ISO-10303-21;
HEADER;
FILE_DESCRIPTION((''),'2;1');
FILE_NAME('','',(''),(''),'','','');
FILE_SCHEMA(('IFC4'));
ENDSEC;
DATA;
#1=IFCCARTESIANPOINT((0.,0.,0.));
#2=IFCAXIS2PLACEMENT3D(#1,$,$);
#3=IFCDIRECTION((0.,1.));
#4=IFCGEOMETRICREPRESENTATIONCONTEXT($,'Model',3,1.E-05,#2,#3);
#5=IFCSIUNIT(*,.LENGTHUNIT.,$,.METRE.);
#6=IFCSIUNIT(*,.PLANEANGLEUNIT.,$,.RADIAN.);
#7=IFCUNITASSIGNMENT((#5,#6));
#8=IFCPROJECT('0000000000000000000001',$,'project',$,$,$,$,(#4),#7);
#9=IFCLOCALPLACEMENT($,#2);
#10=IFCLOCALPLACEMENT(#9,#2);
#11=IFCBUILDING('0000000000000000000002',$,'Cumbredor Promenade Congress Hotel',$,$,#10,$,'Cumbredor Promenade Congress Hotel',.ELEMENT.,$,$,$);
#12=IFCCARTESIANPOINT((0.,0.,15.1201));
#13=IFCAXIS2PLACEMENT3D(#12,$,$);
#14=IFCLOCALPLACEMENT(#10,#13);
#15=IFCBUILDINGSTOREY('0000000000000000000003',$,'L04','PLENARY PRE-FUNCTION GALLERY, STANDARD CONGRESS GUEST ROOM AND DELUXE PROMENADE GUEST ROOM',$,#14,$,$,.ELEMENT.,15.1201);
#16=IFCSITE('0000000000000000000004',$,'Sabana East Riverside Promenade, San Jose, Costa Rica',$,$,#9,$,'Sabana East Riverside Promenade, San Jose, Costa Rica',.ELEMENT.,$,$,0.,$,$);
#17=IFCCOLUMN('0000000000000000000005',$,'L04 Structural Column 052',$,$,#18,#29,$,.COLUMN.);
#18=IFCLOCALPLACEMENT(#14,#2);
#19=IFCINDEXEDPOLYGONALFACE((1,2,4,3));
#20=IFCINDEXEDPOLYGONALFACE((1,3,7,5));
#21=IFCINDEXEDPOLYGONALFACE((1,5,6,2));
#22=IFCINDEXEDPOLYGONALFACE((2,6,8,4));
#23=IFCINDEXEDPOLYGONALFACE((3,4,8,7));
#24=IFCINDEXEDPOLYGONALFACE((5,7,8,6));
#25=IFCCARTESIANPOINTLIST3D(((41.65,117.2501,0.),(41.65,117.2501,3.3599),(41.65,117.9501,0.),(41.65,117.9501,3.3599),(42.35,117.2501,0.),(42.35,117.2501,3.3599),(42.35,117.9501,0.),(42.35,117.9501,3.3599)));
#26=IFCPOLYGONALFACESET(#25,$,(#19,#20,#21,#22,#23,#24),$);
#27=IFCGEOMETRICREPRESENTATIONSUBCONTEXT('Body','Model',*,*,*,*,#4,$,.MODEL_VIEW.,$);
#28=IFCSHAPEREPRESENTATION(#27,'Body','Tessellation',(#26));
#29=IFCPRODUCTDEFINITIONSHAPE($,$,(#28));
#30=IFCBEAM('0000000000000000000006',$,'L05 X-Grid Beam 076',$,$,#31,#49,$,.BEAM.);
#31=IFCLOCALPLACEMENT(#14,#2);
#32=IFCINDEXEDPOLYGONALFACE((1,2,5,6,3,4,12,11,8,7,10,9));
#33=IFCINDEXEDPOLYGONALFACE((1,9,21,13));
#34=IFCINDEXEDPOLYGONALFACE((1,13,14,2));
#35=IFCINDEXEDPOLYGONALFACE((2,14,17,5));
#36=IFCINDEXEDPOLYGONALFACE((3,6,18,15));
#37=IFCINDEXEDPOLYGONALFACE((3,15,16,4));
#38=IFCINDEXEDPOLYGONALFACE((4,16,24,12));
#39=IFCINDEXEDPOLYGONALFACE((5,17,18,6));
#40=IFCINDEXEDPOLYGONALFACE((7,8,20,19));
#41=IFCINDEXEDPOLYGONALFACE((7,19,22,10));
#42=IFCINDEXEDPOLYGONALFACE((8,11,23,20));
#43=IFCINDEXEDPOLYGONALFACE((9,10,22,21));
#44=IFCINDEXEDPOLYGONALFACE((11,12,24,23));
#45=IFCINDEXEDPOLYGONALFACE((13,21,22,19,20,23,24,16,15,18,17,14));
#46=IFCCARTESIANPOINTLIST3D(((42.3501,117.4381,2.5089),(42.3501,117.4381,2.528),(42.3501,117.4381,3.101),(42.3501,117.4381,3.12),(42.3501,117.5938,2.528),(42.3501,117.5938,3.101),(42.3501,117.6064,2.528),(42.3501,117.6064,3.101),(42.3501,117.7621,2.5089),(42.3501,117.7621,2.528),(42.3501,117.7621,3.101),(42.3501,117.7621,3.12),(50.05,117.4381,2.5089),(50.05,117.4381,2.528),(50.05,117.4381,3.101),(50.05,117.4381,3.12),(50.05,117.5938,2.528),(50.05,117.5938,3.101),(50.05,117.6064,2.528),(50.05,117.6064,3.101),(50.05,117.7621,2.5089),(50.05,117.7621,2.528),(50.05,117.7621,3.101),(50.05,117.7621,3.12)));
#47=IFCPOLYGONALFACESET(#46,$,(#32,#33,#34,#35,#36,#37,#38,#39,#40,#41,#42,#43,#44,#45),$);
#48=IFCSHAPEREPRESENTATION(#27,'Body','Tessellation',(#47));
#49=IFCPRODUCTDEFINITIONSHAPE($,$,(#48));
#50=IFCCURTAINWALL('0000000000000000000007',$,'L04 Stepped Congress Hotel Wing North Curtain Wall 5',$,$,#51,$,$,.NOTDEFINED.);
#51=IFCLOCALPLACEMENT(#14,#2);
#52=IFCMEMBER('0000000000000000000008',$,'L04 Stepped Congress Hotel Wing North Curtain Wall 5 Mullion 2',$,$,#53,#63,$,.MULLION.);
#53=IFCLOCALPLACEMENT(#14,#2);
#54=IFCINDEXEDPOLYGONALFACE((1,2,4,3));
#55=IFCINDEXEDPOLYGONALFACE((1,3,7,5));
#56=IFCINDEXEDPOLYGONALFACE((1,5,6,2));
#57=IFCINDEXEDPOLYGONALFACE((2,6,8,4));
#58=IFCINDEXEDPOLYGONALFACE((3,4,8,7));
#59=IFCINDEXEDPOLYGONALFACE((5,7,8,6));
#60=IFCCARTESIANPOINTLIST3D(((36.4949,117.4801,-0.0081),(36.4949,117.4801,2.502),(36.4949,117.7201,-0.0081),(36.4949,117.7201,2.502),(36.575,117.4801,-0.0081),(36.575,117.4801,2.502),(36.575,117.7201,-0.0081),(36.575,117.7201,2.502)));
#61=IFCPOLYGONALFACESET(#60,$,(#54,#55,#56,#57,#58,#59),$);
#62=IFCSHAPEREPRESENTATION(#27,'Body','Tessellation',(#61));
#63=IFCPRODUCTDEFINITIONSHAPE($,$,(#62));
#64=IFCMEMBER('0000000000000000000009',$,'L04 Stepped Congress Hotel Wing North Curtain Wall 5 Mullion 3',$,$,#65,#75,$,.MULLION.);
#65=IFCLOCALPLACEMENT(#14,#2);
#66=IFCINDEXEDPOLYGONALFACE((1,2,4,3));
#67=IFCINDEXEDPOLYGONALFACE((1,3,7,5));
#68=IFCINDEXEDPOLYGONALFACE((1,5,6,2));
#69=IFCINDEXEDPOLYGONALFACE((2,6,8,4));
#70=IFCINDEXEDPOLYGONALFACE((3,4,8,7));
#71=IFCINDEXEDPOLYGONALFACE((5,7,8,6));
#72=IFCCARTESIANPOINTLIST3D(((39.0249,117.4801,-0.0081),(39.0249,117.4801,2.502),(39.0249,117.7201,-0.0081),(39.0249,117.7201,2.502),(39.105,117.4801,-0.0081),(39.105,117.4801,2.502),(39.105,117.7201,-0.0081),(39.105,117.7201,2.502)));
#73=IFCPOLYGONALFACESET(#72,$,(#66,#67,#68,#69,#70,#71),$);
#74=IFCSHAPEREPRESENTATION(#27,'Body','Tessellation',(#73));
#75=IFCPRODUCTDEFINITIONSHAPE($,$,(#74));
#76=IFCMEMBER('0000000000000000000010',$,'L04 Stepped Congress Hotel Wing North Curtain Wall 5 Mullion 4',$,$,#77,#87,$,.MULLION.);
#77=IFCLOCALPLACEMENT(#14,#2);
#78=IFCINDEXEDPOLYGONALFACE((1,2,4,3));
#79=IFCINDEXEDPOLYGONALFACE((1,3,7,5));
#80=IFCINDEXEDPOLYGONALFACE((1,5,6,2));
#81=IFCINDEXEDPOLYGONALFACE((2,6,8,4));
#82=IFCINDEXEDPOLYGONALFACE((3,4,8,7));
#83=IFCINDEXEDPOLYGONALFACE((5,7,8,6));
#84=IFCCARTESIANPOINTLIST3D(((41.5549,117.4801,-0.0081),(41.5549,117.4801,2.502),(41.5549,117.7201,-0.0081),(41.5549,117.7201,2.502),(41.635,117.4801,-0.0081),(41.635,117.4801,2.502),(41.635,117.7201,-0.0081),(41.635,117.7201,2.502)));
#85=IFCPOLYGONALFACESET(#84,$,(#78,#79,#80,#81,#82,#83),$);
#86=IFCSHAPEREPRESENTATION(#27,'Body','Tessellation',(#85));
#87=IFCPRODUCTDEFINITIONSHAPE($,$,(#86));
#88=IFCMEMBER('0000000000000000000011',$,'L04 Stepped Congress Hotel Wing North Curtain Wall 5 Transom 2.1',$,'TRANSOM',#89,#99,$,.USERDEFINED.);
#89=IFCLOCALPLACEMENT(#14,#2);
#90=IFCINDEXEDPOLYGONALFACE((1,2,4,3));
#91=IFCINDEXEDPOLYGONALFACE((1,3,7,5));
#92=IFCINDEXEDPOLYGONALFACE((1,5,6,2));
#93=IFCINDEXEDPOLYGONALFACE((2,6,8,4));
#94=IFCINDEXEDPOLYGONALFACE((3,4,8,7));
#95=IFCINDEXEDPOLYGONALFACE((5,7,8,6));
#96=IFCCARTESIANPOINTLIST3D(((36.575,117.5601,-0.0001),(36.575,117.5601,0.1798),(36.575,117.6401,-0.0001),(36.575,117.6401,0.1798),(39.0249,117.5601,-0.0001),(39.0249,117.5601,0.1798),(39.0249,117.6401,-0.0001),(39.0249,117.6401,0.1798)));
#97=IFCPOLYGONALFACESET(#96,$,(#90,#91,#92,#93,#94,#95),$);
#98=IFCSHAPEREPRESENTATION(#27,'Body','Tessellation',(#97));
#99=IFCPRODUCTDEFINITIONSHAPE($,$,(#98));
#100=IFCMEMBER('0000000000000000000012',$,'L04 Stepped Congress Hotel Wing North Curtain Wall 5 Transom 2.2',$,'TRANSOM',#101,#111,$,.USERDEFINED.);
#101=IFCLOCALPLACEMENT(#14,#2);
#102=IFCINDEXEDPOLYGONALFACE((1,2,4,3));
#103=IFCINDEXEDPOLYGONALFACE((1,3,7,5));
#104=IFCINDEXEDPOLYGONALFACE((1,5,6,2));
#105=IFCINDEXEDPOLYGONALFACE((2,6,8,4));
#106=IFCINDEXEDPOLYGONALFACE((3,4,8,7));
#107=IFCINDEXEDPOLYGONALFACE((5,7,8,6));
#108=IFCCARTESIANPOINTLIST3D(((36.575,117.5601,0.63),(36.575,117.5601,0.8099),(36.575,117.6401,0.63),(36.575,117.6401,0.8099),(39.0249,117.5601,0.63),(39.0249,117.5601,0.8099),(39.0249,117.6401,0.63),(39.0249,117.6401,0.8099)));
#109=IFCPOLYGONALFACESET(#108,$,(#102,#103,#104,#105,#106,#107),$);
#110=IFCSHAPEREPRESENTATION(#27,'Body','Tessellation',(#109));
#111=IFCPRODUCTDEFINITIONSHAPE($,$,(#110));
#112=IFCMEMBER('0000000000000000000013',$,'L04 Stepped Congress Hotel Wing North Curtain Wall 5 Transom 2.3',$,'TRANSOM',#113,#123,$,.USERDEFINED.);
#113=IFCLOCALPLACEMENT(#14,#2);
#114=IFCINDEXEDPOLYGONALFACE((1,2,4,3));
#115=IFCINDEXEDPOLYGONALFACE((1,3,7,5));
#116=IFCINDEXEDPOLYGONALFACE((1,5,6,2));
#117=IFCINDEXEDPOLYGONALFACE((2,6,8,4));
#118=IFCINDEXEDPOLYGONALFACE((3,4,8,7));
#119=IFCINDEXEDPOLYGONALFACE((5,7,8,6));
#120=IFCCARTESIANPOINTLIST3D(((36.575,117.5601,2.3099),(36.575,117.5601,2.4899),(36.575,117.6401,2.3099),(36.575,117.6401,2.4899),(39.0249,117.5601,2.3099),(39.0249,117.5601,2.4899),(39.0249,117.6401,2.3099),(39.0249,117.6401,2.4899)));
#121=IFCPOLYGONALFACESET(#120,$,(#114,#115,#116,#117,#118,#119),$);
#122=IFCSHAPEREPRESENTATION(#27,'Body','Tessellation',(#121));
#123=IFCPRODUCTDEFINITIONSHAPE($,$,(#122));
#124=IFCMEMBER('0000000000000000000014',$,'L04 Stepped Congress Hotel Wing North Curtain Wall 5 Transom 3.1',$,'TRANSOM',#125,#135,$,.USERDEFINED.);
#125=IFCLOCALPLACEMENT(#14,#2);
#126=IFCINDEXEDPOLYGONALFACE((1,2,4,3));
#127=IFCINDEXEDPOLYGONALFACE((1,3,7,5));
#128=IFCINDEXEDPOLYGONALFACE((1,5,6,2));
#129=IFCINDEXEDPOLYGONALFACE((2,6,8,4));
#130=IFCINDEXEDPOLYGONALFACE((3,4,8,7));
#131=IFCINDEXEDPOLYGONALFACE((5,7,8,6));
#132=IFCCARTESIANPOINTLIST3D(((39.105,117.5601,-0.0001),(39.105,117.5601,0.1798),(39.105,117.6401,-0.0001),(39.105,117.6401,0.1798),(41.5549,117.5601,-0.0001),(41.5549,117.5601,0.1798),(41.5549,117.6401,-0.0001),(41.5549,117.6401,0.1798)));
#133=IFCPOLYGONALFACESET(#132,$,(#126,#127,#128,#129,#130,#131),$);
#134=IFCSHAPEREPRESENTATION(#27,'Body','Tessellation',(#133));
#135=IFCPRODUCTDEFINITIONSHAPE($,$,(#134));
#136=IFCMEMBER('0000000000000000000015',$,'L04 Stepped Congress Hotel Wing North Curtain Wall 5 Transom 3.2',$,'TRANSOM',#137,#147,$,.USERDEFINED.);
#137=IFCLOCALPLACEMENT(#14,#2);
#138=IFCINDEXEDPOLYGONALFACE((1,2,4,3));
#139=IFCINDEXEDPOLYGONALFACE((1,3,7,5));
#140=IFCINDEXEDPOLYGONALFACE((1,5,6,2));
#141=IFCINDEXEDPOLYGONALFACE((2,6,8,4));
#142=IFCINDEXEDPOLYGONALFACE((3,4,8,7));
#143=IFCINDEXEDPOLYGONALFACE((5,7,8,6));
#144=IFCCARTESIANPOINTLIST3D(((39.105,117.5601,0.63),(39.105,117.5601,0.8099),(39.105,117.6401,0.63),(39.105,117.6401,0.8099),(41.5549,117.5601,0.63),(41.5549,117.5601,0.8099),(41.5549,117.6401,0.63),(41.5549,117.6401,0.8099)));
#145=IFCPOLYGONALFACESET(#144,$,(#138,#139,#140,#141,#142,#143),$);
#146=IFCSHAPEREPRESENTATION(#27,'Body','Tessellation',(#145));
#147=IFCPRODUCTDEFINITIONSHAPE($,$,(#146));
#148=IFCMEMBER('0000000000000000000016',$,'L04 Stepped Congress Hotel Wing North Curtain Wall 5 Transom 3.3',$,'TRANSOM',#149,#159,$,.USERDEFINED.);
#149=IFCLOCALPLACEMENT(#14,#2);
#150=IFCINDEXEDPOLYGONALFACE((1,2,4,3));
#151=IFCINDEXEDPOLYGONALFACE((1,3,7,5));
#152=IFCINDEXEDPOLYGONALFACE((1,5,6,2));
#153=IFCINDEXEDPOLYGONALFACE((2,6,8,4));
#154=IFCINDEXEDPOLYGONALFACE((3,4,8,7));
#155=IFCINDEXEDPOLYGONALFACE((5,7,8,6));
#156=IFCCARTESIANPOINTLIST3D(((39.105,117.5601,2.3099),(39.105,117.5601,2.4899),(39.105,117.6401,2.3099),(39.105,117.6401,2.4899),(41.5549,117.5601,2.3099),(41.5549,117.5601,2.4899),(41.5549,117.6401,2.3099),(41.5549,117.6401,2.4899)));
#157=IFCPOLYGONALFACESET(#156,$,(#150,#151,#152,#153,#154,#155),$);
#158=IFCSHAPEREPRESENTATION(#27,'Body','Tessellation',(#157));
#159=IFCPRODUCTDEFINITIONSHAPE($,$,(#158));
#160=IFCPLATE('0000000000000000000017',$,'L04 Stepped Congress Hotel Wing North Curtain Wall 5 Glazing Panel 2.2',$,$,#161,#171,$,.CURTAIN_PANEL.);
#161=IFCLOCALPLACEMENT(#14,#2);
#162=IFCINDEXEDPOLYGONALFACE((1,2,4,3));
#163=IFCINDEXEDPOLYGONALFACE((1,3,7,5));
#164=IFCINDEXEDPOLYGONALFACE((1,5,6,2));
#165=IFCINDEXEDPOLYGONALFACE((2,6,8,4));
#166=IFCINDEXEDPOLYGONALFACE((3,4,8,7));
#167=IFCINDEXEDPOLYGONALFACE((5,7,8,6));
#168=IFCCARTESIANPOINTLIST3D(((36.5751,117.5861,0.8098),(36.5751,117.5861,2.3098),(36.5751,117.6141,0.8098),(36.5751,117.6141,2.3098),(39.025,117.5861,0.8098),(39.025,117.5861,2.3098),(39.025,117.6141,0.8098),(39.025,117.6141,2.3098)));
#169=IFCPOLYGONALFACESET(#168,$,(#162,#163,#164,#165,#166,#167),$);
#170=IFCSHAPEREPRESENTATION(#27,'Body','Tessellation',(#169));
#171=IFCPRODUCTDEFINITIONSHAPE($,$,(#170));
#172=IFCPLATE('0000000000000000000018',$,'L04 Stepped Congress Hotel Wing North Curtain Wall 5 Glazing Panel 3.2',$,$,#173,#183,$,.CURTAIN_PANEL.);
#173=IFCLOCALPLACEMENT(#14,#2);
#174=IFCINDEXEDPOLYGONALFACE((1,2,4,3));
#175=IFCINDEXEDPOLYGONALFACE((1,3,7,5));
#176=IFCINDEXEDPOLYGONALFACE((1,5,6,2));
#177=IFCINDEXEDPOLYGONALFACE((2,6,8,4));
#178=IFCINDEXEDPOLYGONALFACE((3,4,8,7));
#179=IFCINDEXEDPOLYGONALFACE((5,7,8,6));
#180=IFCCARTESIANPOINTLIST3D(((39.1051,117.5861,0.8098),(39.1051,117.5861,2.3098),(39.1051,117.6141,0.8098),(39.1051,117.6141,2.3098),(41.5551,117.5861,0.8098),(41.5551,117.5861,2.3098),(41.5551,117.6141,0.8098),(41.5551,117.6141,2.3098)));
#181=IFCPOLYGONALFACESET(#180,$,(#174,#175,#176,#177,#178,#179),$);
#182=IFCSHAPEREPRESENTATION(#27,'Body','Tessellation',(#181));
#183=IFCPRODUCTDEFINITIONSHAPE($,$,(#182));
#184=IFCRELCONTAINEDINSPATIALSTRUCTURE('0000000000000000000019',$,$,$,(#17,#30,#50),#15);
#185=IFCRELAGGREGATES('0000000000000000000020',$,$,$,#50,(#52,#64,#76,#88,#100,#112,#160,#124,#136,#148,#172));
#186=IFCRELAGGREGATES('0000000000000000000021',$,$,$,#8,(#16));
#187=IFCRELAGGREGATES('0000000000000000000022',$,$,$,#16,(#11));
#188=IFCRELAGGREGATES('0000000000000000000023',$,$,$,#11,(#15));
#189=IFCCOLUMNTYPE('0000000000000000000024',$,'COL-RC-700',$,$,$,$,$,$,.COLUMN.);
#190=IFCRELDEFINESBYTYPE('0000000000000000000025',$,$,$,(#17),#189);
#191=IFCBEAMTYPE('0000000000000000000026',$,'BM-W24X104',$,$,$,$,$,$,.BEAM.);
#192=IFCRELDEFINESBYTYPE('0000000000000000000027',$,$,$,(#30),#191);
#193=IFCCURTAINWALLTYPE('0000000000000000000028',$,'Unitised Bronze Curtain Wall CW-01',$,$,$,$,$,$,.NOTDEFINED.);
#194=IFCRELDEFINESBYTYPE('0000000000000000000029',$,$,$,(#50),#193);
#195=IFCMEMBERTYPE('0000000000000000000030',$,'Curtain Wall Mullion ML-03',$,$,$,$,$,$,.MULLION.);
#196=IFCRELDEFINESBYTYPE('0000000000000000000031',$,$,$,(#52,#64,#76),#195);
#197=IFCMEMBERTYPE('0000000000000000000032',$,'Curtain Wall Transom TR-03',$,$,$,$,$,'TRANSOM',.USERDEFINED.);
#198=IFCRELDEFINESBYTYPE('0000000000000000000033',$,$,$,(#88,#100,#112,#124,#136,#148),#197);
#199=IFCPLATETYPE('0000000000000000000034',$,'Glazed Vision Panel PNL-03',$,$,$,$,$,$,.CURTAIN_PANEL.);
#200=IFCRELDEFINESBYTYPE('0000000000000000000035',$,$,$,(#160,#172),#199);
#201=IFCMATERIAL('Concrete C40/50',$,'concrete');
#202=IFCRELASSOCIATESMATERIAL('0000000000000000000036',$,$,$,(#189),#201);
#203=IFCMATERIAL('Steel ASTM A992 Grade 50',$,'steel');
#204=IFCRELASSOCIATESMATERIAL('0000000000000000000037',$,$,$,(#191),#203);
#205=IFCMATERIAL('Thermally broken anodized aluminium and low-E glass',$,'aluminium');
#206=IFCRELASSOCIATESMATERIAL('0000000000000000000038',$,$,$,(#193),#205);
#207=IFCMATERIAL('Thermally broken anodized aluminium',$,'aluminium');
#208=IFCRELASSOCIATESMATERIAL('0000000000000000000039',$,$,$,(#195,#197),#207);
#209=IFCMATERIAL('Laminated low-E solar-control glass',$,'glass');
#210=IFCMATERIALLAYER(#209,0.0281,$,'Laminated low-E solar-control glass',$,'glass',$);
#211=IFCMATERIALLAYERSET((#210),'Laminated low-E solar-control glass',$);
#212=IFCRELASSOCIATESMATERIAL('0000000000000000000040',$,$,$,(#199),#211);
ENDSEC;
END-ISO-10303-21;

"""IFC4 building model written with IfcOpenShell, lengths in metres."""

from ifc_helpers import new_model, si_unit, direction, frame, origin, origin_2d, place, context, subcontext, project, spatial, rectangle, i_section, extrude, material, layer, layer_set, material_profile, profile_set, type_object, element, aggregate, save


model = new_model("IFC4")

# Units and contexts
model_context = context("Model", 3, precision=1e-05, world=origin(), true_north=direction((0.0, 1.0)))
body_context = subcontext(model_context, "Body", "Model", "MODEL_VIEW")
ifc_project = project(units=[si_unit("LENGTHUNIT", "METRE"), si_unit("PLANEANGLEUNIT", "RADIAN")], contexts=[model_context])

# Site, building, storey
site_placement = place(None, origin())
site = spatial("IfcSite", under=ifc_project, at=site_placement, Name="Sabana East Riverside Promenade, San Jose, Costa Rica", LongName="Sabana East Riverside Promenade, San Jose, Costa Rica", CompositionType="ELEMENT", RefElevation=0.0)
building_placement = place(site_placement, origin())
building = spatial("IfcBuilding", under=site, at=building_placement, Name="Cumbredor Promenade Congress Hotel", LongName="Cumbredor Promenade Congress Hotel", CompositionType="ELEMENT")
storey_placement = place(building_placement, frame((0.0, 0.0, 15.1201)))
storey = spatial("IfcBuildingStorey", under=building, at=storey_placement, Name="L04", Description="PLENARY PRE-FUNCTION GALLERY, STANDARD CONGRESS GUEST ROOM AND DELUXE PROMENADE GUEST ROOM", CompositionType="ELEMENT", Elevation=15.1201)

# Column
ifc_material_1 = material(Name="Concrete C40/50", Category="concrete")
ifc_material_profile_1 = material_profile(ifc_material_1, rectangle(XDim=0.7, YDim=0.7, at=origin_2d()), Name="RC 700x700")
ifc_profile_set_1 = profile_set([ifc_material_profile_1], Name="Concrete C40/50")
column_type = type_object("IfcColumnType", Name="COL-RC-700", PredefinedType="COLUMN", material=ifc_profile_set_1)
column_placement = place(storey_placement, frame((42.0, 117.6001, 0.0), z_axis=(0.0, 0.0, 1.0), x_axis=(1.0, 0.0, 0.0)))
element("IfcColumn", 1, at=column_placement, inside=storey, type_object=column_type, Name="L04 Structural Column 052", PredefinedType="COLUMN", context=body_context, shape_type="SweptSolid", body=[
    extrude(rectangle(XDim=0.7, YDim=0.7, at=origin_2d()), origin(), (0.0, 0.0, 1.0), 3.3599),
])

# Beam
ifc_material_2 = material(Name="Steel ASTM A992 Grade 50", Category="steel")
ifc_material_profile_2 = material_profile(ifc_material_2, i_section(OverallWidth=0.324, OverallDepth=0.6111, WebThickness=0.0127, FlangeThickness=0.019, at=origin_2d()), Name="W24X104")
ifc_profile_set_2 = profile_set([ifc_material_profile_2], Name="Steel ASTM A992 Grade 50")
beam_type = type_object("IfcBeamType", Name="BM-W24X104", PredefinedType="BEAM", material=ifc_profile_set_2)
beam_placement = place(storey_placement, frame((42.3501, 117.6001, 2.8145), z_axis=(1.0, 0.0, 0.0), x_axis=(0.0, 1.0, 0.0)))
element("IfcBeam", 2, at=beam_placement, inside=storey, type_object=beam_type, Name="L05 X-Grid Beam 076", PredefinedType="BEAM", context=body_context, shape_type="SweptSolid", body=[
    extrude(i_section(OverallWidth=0.324, OverallDepth=0.6111, WebThickness=0.0127, FlangeThickness=0.019, at=origin_2d()), origin(), (0.0, 0.0, 1.0), 7.7),
])

# Curtain wall, members, plates
ifc_material_3 = material(Name="Thermally broken anodized aluminium and low-E glass", Category="aluminium")
curtain_wall_type = type_object("IfcCurtainWallType", Name="Unitised Bronze Curtain Wall CW-01", PredefinedType="NOTDEFINED", material=ifc_material_3)
curtain_wall_placement = place(storey_placement, origin())
curtain_wall = element("IfcCurtainWall", 3, at=curtain_wall_placement, inside=storey, type_object=curtain_wall_type, Name="L04 Stepped Congress Hotel Wing North Curtain Wall 5", PredefinedType="NOTDEFINED")
ifc_material_4 = material(Name="Thermally broken anodized aluminium", Category="aluminium")
ifc_material_profile_3 = material_profile(ifc_material_4, rectangle(XDim=0.0801, YDim=0.24, at=origin_2d()), Name="ALU MULLION 80x240")
ifc_profile_set_3 = profile_set([ifc_material_profile_3], Name="Thermally broken anodized aluminium")
member_type_1 = type_object("IfcMemberType", Name="Curtain Wall Mullion ML-03", PredefinedType="MULLION", material=ifc_profile_set_3)
member_1_placement = place(storey_placement, frame((36.5349, 117.6001, -0.0081), z_axis=(0.0, 0.0, 1.0), x_axis=(1.0, 0.0, 0.0)))
member_1 = element("IfcMember", 4, at=member_1_placement, type_object=member_type_1, Name="L04 Stepped Congress Hotel Wing North Curtain Wall 5 Mullion 2", PredefinedType="MULLION", context=body_context, shape_type="SweptSolid", body=[
    extrude(rectangle(XDim=0.0801, YDim=0.24, at=origin_2d()), origin(), (0.0, 0.0, 1.0), 2.51),
])
member_2_placement = place(storey_placement, frame((39.0649, 117.6001, -0.0081), z_axis=(0.0, 0.0, 1.0), x_axis=(1.0, 0.0, 0.0)))
member_2 = element("IfcMember", 5, at=member_2_placement, type_object=member_type_1, Name="L04 Stepped Congress Hotel Wing North Curtain Wall 5 Mullion 3", PredefinedType="MULLION", context=body_context, shape_type="SweptSolid", body=[
    extrude(rectangle(XDim=0.0801, YDim=0.24, at=origin_2d()), origin(), (0.0, 0.0, 1.0), 2.51),
])
member_3_placement = place(storey_placement, frame((41.595, 117.6001, -0.0081), z_axis=(0.0, 0.0, 1.0), x_axis=(1.0, 0.0, 0.0)))
member_3 = element("IfcMember", 6, at=member_3_placement, type_object=member_type_1, Name="L04 Stepped Congress Hotel Wing North Curtain Wall 5 Mullion 4", PredefinedType="MULLION", context=body_context, shape_type="SweptSolid", body=[
    extrude(rectangle(XDim=0.0801, YDim=0.24, at=origin_2d()), origin(), (0.0, 0.0, 1.0), 2.51),
])
ifc_material_profile_4 = material_profile(ifc_material_4, rectangle(XDim=0.0801, YDim=0.1799, at=origin_2d()), Name="ALU TRANSOM 80x180")
ifc_profile_set_4 = profile_set([ifc_material_profile_4], Name="Thermally broken anodized aluminium")
member_type_2 = type_object("IfcMemberType", Name="Curtain Wall Transom TR-03", ElementType="TRANSOM", PredefinedType="USERDEFINED", material=ifc_profile_set_4)
member_4_placement = place(storey_placement, frame((36.575, 117.6001, 0.0898), z_axis=(1.0, 0.0, 0.0), x_axis=(0.0, 1.0, 0.0)))
member_4 = element("IfcMember", 7, at=member_4_placement, type_object=member_type_2, Name="L04 Stepped Congress Hotel Wing North Curtain Wall 5 Transom 2.1", ObjectType="TRANSOM", PredefinedType="USERDEFINED", context=body_context, shape_type="SweptSolid", body=[
    extrude(rectangle(XDim=0.0801, YDim=0.1799, at=origin_2d()), origin(), (0.0, 0.0, 1.0), 2.45),
])
member_5_placement = place(storey_placement, frame((36.575, 117.6001, 0.72), z_axis=(1.0, 0.0, 0.0), x_axis=(0.0, 1.0, 0.0)))
member_5 = element("IfcMember", 8, at=member_5_placement, type_object=member_type_2, Name="L04 Stepped Congress Hotel Wing North Curtain Wall 5 Transom 2.2", ObjectType="TRANSOM", PredefinedType="USERDEFINED", context=body_context, shape_type="SweptSolid", body=[
    extrude(rectangle(XDim=0.0801, YDim=0.1799, at=origin_2d()), origin(), (0.0, 0.0, 1.0), 2.45),
])
member_6_placement = place(storey_placement, frame((36.575, 117.6001, 2.3999), z_axis=(1.0, 0.0, 0.0), x_axis=(0.0, 1.0, 0.0)))
member_6 = element("IfcMember", 9, at=member_6_placement, type_object=member_type_2, Name="L04 Stepped Congress Hotel Wing North Curtain Wall 5 Transom 2.3", ObjectType="TRANSOM", PredefinedType="USERDEFINED", context=body_context, shape_type="SweptSolid", body=[
    extrude(rectangle(XDim=0.0801, YDim=0.1799, at=origin_2d()), origin(), (0.0, 0.0, 1.0), 2.45),
])
member_7_placement = place(storey_placement, frame((39.105, 117.6001, 0.0898), z_axis=(1.0, 0.0, 0.0), x_axis=(0.0, 1.0, 0.0)))
member_7 = element("IfcMember", 10, at=member_7_placement, type_object=member_type_2, Name="L04 Stepped Congress Hotel Wing North Curtain Wall 5 Transom 3.1", ObjectType="TRANSOM", PredefinedType="USERDEFINED", context=body_context, shape_type="SweptSolid", body=[
    extrude(rectangle(XDim=0.0801, YDim=0.1799, at=origin_2d()), origin(), (0.0, 0.0, 1.0), 2.45),
])
member_8_placement = place(storey_placement, frame((39.105, 117.6001, 0.72), z_axis=(1.0, 0.0, 0.0), x_axis=(0.0, 1.0, 0.0)))
member_8 = element("IfcMember", 11, at=member_8_placement, type_object=member_type_2, Name="L04 Stepped Congress Hotel Wing North Curtain Wall 5 Transom 3.2", ObjectType="TRANSOM", PredefinedType="USERDEFINED", context=body_context, shape_type="SweptSolid", body=[
    extrude(rectangle(XDim=0.0801, YDim=0.1799, at=origin_2d()), origin(), (0.0, 0.0, 1.0), 2.45),
])
member_9_placement = place(storey_placement, frame((39.105, 117.6001, 2.3999), z_axis=(1.0, 0.0, 0.0), x_axis=(0.0, 1.0, 0.0)))
member_9 = element("IfcMember", 12, at=member_9_placement, type_object=member_type_2, Name="L04 Stepped Congress Hotel Wing North Curtain Wall 5 Transom 3.3", ObjectType="TRANSOM", PredefinedType="USERDEFINED", context=body_context, shape_type="SweptSolid", body=[
    extrude(rectangle(XDim=0.0801, YDim=0.1799, at=origin_2d()), origin(), (0.0, 0.0, 1.0), 2.45),
])
ifc_material_5 = material(Name="Laminated low-E solar-control glass", Category="glass")
ifc_layer_1 = layer(ifc_material_5, 0.0281, Name="Laminated low-E solar-control glass", Category="glass")
ifc_layer_set_1 = layer_set([ifc_layer_1], Name="Laminated low-E solar-control glass")
plate_type_1 = type_object("IfcPlateType", Name="Glazed Vision Panel PNL-03", PredefinedType="CURTAIN_PANEL", material=ifc_layer_set_1)
plate_1_placement = place(storey_placement, frame((37.8, 117.6001, 0.8098), z_axis=(0.0, 0.0, 1.0), x_axis=(1.0, 0.0, 0.0)))
plate_1 = element("IfcPlate", 13, at=plate_1_placement, type_object=plate_type_1, Name="L04 Stepped Congress Hotel Wing North Curtain Wall 5 Glazing Panel 2.2", PredefinedType="CURTAIN_PANEL", context=body_context, shape_type="SweptSolid", body=[
    extrude(rectangle(XDim=2.45, YDim=0.0281, at=origin_2d()), origin(), (0.0, 0.0, 1.0), 1.5),
])
plate_2_placement = place(storey_placement, frame((40.3301, 117.6001, 0.8098), z_axis=(0.0, 0.0, 1.0), x_axis=(1.0, 0.0, 0.0)))
plate_2 = element("IfcPlate", 14, at=plate_2_placement, type_object=plate_type_1, Name="L04 Stepped Congress Hotel Wing North Curtain Wall 5 Glazing Panel 3.2", PredefinedType="CURTAIN_PANEL", context=body_context, shape_type="SweptSolid", body=[
    extrude(rectangle(XDim=2.45, YDim=0.0281, at=origin_2d()), origin(), (0.0, 0.0, 1.0), 1.5),
])
aggregate(curtain_wall, [member_1, member_2, member_3, member_4, member_5, member_6, plate_1, member_7, member_8, member_9, plate_2])

save(model, "model.ifc")
